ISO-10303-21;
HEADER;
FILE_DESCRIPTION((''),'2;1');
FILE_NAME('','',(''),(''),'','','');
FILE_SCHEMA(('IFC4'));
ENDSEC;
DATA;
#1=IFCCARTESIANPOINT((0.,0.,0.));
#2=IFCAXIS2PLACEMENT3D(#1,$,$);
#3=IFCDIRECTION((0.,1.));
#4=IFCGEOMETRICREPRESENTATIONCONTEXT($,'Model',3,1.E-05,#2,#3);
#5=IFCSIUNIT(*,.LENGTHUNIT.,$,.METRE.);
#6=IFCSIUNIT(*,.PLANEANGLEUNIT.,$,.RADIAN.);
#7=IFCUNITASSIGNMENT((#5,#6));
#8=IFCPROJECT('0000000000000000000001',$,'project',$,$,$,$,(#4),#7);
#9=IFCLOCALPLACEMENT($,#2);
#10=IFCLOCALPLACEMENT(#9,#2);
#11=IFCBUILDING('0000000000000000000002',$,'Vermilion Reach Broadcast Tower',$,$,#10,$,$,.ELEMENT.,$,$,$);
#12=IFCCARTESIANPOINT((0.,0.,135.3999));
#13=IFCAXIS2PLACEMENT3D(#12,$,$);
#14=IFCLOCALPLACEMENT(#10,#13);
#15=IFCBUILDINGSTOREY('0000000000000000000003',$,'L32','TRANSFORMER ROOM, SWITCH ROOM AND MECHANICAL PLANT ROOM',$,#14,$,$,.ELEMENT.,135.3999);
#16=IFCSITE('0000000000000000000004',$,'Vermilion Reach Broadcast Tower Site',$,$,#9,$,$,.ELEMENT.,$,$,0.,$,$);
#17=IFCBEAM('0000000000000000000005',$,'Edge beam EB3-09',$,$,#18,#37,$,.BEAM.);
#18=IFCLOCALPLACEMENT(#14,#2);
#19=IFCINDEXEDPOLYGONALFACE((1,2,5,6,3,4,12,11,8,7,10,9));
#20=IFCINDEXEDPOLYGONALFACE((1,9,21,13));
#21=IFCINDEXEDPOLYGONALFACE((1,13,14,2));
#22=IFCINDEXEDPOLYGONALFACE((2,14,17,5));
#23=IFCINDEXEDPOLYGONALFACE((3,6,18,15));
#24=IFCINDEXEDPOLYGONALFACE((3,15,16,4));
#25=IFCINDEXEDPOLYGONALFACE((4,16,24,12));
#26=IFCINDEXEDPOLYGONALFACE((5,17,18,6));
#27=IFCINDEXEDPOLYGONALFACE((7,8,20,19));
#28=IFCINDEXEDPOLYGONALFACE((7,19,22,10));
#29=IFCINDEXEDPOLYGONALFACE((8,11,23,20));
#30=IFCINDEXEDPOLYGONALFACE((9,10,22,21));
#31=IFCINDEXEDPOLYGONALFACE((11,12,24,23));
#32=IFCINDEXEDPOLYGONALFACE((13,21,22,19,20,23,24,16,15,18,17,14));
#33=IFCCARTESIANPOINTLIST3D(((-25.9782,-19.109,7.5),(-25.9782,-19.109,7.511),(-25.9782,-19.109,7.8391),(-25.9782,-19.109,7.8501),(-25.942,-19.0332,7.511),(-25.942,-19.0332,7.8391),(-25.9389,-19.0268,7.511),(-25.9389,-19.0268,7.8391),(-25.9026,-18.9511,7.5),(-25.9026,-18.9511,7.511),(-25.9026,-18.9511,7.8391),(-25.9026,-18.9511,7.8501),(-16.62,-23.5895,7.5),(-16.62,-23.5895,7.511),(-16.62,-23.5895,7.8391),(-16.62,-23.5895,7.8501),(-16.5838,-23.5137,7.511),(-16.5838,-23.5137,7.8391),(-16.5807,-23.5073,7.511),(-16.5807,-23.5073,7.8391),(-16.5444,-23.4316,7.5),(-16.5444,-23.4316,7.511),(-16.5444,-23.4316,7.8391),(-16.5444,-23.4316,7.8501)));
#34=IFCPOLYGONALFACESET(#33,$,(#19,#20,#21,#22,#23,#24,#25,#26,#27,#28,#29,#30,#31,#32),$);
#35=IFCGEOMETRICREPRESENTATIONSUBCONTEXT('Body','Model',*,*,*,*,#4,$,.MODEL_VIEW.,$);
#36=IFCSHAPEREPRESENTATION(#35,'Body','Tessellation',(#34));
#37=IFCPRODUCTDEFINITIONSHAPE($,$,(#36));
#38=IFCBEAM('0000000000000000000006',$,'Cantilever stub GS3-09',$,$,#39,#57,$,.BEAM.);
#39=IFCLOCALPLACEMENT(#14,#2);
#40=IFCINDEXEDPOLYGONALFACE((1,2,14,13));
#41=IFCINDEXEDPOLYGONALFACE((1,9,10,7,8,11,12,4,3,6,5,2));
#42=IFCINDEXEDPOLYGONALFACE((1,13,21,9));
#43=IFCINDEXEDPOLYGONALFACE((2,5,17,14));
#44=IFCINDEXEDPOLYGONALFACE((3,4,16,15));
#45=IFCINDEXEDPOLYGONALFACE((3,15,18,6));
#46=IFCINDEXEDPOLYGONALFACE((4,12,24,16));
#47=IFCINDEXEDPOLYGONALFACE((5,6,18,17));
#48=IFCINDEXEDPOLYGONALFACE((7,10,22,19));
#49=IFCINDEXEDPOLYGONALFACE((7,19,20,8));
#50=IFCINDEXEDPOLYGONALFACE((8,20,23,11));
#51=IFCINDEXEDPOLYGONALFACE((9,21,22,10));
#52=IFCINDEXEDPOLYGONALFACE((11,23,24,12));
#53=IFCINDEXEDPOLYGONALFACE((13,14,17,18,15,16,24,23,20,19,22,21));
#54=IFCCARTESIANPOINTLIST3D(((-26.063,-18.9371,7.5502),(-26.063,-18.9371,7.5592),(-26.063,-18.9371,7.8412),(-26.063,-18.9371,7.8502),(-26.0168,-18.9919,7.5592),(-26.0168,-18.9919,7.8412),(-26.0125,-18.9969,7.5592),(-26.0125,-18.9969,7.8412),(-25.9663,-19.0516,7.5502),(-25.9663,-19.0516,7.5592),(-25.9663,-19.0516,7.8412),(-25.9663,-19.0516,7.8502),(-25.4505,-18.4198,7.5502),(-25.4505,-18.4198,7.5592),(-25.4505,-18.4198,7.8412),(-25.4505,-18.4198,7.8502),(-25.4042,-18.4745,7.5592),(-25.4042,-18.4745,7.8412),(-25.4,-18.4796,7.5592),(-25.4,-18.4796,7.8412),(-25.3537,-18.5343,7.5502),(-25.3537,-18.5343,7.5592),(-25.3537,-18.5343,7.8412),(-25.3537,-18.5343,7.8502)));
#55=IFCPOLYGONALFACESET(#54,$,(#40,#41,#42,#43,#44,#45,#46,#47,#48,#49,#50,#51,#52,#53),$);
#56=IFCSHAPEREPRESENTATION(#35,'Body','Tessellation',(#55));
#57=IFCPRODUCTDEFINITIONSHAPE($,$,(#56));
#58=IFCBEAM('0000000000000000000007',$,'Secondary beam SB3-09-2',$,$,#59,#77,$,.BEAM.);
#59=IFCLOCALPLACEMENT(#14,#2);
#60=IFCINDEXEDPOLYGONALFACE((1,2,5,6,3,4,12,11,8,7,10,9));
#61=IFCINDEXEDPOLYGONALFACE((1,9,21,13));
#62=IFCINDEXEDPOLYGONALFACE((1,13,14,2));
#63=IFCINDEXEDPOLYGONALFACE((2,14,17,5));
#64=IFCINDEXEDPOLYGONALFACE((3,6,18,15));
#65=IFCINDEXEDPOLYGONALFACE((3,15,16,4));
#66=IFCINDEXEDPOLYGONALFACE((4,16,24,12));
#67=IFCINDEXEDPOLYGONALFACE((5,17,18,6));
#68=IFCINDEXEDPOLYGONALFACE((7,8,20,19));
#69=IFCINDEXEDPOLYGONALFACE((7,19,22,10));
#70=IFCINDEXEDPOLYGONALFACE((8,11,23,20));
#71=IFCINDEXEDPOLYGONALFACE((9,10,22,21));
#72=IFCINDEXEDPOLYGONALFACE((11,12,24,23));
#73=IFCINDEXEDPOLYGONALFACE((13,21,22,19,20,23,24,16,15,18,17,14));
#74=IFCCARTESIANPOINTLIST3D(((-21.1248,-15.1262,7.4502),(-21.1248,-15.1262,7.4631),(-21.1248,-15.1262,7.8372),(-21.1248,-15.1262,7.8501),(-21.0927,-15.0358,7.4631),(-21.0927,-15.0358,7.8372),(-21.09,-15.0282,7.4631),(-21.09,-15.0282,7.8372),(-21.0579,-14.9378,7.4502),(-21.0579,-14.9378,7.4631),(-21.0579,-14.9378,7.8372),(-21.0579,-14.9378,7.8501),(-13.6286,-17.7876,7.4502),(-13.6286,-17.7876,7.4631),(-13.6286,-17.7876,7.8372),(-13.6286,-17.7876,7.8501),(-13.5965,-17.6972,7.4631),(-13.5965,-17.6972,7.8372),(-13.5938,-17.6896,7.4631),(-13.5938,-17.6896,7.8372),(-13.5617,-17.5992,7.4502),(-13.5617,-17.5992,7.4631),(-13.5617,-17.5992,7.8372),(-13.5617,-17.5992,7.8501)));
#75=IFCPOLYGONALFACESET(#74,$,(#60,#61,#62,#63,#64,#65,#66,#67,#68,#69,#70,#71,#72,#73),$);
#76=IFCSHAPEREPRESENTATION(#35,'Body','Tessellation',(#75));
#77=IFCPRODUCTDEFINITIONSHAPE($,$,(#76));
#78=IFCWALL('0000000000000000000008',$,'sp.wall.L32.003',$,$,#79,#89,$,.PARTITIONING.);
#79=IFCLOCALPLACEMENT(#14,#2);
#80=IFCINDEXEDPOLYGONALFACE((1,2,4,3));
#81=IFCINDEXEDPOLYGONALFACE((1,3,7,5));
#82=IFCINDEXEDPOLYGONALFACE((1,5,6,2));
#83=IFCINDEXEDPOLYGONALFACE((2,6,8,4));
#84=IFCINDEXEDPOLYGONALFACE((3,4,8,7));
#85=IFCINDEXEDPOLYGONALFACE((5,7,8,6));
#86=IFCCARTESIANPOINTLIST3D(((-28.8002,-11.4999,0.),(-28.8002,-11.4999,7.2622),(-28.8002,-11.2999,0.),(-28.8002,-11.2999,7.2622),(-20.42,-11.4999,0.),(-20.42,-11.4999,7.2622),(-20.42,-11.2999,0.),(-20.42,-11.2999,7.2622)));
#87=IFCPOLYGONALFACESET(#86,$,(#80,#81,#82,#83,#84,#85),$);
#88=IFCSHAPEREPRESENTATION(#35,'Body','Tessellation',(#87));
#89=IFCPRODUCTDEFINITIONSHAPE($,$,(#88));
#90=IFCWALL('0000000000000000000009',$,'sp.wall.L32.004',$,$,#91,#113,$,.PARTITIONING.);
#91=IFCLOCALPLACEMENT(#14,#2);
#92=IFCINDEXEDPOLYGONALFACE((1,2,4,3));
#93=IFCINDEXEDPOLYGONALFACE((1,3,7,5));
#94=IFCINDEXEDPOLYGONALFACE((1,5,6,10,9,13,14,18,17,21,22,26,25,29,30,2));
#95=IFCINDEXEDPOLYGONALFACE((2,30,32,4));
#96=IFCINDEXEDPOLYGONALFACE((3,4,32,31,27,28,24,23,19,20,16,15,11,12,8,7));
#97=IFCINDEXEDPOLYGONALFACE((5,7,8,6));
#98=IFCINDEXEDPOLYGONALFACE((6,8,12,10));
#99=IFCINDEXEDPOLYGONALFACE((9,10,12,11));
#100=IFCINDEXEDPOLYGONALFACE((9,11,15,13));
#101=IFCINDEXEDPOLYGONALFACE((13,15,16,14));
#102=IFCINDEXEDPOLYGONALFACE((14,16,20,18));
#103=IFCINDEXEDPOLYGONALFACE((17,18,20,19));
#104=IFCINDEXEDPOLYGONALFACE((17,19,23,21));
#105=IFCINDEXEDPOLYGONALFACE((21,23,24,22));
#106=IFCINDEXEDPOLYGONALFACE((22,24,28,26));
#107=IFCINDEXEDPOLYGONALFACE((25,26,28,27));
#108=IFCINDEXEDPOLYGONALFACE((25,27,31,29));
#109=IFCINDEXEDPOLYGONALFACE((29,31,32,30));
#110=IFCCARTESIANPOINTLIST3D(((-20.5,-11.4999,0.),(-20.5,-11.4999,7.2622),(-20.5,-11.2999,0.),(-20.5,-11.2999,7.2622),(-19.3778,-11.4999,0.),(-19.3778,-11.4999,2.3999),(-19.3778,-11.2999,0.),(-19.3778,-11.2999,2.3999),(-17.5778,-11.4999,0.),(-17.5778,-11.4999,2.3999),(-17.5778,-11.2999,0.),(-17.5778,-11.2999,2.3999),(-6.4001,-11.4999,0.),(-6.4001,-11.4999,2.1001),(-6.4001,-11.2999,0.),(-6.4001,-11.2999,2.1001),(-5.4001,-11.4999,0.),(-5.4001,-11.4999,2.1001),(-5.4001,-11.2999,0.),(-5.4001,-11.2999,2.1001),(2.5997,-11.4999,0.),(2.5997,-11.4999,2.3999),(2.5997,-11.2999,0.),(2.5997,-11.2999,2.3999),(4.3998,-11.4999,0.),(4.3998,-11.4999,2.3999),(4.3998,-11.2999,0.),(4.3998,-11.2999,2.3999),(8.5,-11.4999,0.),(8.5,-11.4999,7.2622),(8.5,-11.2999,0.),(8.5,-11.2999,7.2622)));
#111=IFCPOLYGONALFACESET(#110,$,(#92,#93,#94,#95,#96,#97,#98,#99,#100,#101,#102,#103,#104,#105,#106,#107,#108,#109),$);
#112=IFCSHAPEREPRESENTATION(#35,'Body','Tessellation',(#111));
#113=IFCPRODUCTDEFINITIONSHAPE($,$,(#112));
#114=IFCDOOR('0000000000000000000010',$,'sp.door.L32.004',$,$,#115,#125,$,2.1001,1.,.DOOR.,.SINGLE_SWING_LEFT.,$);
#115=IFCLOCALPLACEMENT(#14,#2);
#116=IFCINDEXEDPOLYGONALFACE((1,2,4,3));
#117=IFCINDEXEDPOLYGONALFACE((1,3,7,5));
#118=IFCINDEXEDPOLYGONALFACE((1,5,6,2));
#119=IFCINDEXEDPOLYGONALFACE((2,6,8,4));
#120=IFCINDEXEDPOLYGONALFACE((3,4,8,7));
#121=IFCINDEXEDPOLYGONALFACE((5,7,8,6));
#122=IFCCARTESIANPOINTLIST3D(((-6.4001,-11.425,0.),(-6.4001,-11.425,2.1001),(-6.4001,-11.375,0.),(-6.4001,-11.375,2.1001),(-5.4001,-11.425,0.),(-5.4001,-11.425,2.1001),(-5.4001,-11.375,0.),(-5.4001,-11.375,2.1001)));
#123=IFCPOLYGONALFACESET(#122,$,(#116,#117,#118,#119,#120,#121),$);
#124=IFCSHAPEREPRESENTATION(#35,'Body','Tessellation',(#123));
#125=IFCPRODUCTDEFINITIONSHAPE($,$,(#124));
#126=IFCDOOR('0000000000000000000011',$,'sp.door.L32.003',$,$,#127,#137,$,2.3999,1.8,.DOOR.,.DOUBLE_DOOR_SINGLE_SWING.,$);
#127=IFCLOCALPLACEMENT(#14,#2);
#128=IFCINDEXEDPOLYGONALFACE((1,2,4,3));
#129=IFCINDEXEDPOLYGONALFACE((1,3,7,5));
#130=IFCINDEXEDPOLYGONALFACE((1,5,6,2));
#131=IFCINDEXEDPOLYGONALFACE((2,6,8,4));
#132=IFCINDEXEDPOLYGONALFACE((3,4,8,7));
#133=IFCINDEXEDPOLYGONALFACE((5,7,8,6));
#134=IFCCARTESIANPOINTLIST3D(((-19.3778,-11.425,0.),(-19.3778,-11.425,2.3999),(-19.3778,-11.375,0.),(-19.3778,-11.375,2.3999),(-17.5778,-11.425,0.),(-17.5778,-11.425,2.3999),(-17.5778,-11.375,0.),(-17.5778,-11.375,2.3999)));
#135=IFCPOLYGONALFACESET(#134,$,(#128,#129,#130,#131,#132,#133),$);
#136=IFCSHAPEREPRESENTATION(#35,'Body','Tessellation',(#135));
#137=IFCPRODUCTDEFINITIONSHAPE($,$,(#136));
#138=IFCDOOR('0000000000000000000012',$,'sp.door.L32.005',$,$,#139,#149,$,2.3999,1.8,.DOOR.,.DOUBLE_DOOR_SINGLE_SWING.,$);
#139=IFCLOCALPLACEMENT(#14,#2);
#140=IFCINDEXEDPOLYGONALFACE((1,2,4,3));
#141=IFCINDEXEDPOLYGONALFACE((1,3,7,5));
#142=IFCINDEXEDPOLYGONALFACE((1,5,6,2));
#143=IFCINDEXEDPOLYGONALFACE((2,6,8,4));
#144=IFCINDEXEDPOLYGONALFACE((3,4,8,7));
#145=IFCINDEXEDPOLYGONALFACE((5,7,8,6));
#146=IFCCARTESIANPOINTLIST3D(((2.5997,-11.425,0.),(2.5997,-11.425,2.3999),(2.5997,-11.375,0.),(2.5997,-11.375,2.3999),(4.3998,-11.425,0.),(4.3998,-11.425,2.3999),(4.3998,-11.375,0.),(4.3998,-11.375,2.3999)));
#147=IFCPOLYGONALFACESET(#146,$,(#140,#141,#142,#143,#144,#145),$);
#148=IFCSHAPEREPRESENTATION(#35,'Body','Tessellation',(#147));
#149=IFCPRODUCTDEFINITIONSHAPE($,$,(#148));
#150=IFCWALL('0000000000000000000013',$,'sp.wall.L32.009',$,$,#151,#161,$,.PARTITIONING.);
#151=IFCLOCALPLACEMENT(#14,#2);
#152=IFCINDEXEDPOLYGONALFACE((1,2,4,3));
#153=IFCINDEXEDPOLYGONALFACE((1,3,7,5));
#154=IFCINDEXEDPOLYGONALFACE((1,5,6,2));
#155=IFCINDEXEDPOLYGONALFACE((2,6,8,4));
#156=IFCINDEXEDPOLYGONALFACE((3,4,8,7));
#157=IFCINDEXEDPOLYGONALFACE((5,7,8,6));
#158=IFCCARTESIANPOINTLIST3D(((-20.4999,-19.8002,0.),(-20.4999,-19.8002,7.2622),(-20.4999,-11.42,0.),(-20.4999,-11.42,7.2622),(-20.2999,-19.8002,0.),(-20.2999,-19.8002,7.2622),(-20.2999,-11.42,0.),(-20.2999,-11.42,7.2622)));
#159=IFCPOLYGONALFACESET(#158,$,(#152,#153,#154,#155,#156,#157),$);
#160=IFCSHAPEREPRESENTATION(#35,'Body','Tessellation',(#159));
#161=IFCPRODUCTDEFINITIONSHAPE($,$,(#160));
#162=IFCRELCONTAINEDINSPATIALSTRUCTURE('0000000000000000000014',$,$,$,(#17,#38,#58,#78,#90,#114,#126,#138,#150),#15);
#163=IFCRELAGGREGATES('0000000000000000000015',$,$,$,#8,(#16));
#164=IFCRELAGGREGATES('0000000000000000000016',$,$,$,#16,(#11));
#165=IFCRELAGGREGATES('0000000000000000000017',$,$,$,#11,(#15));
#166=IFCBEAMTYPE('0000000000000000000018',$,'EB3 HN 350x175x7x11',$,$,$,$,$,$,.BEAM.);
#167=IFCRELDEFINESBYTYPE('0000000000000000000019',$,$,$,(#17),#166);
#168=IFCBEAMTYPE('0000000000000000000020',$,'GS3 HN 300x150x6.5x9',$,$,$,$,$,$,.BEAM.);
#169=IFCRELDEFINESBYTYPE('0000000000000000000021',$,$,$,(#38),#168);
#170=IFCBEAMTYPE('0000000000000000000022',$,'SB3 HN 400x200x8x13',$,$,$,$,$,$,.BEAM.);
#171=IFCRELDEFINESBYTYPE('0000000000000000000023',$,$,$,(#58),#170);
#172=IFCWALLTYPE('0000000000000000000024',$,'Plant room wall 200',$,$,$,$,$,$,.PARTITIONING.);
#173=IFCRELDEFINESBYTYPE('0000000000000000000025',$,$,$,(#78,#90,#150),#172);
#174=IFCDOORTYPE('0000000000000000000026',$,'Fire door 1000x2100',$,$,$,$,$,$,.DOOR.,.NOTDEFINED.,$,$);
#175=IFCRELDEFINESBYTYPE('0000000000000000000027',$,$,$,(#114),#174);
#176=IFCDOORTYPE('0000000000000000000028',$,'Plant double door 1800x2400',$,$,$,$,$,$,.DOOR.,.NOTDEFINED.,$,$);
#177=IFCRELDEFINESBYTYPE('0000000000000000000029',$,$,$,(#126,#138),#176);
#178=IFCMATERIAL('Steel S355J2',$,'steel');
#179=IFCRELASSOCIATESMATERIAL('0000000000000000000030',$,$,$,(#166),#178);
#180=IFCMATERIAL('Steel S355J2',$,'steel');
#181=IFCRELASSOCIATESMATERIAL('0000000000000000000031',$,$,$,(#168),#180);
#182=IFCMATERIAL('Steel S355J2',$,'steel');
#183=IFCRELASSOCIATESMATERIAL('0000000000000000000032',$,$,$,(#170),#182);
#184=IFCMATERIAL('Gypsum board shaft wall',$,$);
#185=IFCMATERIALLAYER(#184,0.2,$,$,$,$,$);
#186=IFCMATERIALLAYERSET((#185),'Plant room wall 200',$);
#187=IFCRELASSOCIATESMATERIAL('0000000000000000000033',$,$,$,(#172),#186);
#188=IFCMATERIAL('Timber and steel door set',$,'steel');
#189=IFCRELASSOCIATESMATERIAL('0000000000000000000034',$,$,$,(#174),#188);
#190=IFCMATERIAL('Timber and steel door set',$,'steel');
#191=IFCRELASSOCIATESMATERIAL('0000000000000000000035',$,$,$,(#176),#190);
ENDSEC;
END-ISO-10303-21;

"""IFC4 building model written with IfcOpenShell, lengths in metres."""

from ifc_helpers import new_model, si_unit, direction, frame, frame_2d, origin, origin_2d, place, context, subcontext, project, spatial, rectangle, i_section, extrude, material, layer, layer_set, material_profile, profile_set, type_object, element, fill, save


model = new_model("IFC4")

# Units and contexts
model_context = context("Model", 3, precision=1e-05, world=origin(), true_north=direction((0.0, 1.0)))
body_context = subcontext(model_context, "Body", "Model", "MODEL_VIEW")
ifc_project = project(units=[si_unit("LENGTHUNIT", "METRE"), si_unit("PLANEANGLEUNIT", "RADIAN")], contexts=[model_context])

# Site, building, storey
site_placement = place(None, origin())
site = spatial("IfcSite", under=ifc_project, at=site_placement, Name="Vermilion Reach Broadcast Tower Site", CompositionType="ELEMENT", RefElevation=0.0)
building_placement = place(site_placement, origin())
building = spatial("IfcBuilding", under=site, at=building_placement, Name="Vermilion Reach Broadcast Tower", CompositionType="ELEMENT")
storey_placement = place(building_placement, frame((0.0, 0.0, 135.3999)))
storey = spatial("IfcBuildingStorey", under=building, at=storey_placement, Name="L32", Description="TRANSFORMER ROOM, SWITCH ROOM AND MECHANICAL PLANT ROOM", CompositionType="ELEMENT", Elevation=135.3999)

# Beams
ifc_material_1 = material(Name="Steel S355J2", Category="steel")
ifc_material_profile_1 = material_profile(ifc_material_1, i_section(OverallWidth=0.175, OverallDepth=0.3501, WebThickness=0.0071, FlangeThickness=0.011, at=origin_2d()), Name="S355J2 HN 350x175x7x11")
ifc_profile_set_1 = profile_set([ifc_material_profile_1], Name="Steel S355J2")
beam_type_1 = type_object("IfcBeamType", Name="EB3 HN 350x175x7x11", PredefinedType="BEAM", material=ifc_profile_set_1)
beam_1_placement = place(storey_placement, frame((-25.9404, -19.03, 7.675), z_axis=(0.901953, -0.431834, 0.0), x_axis=(0.431834, 0.901953, 0.0)))
element("IfcBeam", 1, at=beam_1_placement, inside=storey, type_object=beam_type_1, Name="Edge beam EB3-09", PredefinedType="BEAM", context=body_context, shape_type="SweptSolid", body=[
    extrude(i_section(OverallWidth=0.175, OverallDepth=0.3501, WebThickness=0.0071, FlangeThickness=0.011, at=origin_2d()), origin(), (0.0, 0.0, 1.0), 10.3755),
])
ifc_material_2 = material(Name="Steel S355J2", Category="steel")
ifc_material_profile_2 = material_profile(ifc_material_2, i_section(OverallWidth=0.1499, OverallDepth=0.3, WebThickness=0.0066, FlangeThickness=0.009, at=origin_2d()), Name="S355J2 HN 300x150x6.5x9")
ifc_profile_set_2 = profile_set([ifc_material_profile_2], Name="Steel S355J2")
beam_type_2 = type_object("IfcBeamType", Name="GS3 HN 300x150x6.5x9", PredefinedType="BEAM", material=ifc_profile_set_2)
beam_2_placement = place(storey_placement, frame((-25.4021, -18.4771, 7.7002), z_axis=(-0.763987, -0.645232, 0.0), x_axis=(0.645232, -0.763987, 0.0)))
element("IfcBeam", 2, at=beam_2_placement, inside=storey, type_object=beam_type_2, Name="Cantilever stub GS3-09", PredefinedType="BEAM", context=body_context, shape_type="SweptSolid", body=[
    extrude(i_section(OverallWidth=0.1499, OverallDepth=0.3, WebThickness=0.0066, FlangeThickness=0.009, at=origin_2d()), origin(), (0.0, 0.0, 1.0), 0.8018),
])
ifc_material_3 = material(Name="Steel S355J2", Category="steel")
ifc_material_profile_3 = material_profile(ifc_material_3, i_section(OverallWidth=0.2, OverallDepth=0.3999, WebThickness=0.0081, FlangeThickness=0.0129, at=origin_2d()), Name="S355J2 HN 400x200x8x13")
ifc_profile_set_3 = profile_set([ifc_material_profile_3], Name="Steel S355J2")
beam_type_3 = type_object("IfcBeamType", Name="SB3 HN 400x200x8x13", PredefinedType="BEAM", material=ifc_profile_set_3)
beam_3_placement = place(storey_placement, frame((-21.0913, -15.032, 7.6501), z_axis=(0.942369, -0.334574, 0.0), x_axis=(0.334574, 0.942369, 0.0)))
element("IfcBeam", 3, at=beam_3_placement, inside=storey, type_object=beam_type_3, Name="Secondary beam SB3-09-2", PredefinedType="BEAM", context=body_context, shape_type="SweptSolid", body=[
    extrude(i_section(OverallWidth=0.2, OverallDepth=0.3999, WebThickness=0.0081, FlangeThickness=0.0129, at=origin_2d()), origin(), (0.0, 0.0, 1.0), 7.9546),
])

# Wall
ifc_material_4 = material(Name="Gypsum board shaft wall")
ifc_layer = layer(ifc_material_4, 0.2)
ifc_layer_set = layer_set([ifc_layer], Name="Plant room wall 200")
wall_type = type_object("IfcWallType", Name="Plant room wall 200", PredefinedType="PARTITIONING", material=ifc_layer_set)
wall_1_placement = place(storey_placement, frame((-28.8, -11.3999, 0.0), z_axis=(0.0, 0.0, 1.0), x_axis=(1.0, 0.0, 0.0)))
element("IfcWall", 4, at=wall_1_placement, inside=storey, type_object=wall_type, Name="sp.wall.L32.003", PredefinedType="PARTITIONING", context=body_context, shape_type="SweptSolid", body=[
    extrude(rectangle(XDim=8.3801, YDim=0.2, at=frame_2d((4.1899, 0.0))), origin(), (0.0, 0.0, 1.0), 7.2622),
])

# Wall, openings, doors
wall_2_placement = place(storey_placement, frame((-20.5, -11.3999, 0.0), z_axis=(0.0, 0.0, 1.0), x_axis=(1.0, 0.0, 0.0)))
wall_2 = element("IfcWall", 5, at=wall_2_placement, inside=storey, type_object=wall_type, Name="sp.wall.L32.004", PredefinedType="PARTITIONING", context=body_context, shape_type="SweptSolid", body=[
    extrude(rectangle(XDim=29.0, YDim=0.2, at=frame_2d((14.5, 0.0))), origin(), (0.0, 0.0, 1.0), 7.2622),
])
opening_1_placement = place(wall_2_placement, frame((1.1223, 0.0, 0.0)))
opening_1 = element("IfcOpeningElement", 6, at=opening_1_placement, cuts=wall_2, PredefinedType="OPENING", context=body_context, shape_type="SweptSolid", body=[
    extrude(rectangle(XDim=1.8, YDim=2.3999, at=frame_2d((0.8999, 1.2))), frame((0.0, 0.1099, 0.0), z_axis=(0.0, -1.0, 0.0), x_axis=(1.0, 0.0, 0.0)), (0.0, 0.0, 1.0), 0.22),
])
opening_2_placement = place(wall_2_placement, frame((14.0999, 0.0, 0.0)))
opening_2 = element("IfcOpeningElement", 7, at=opening_2_placement, cuts=wall_2, PredefinedType="OPENING", context=body_context, shape_type="SweptSolid", body=[
    extrude(rectangle(XDim=1.0, YDim=2.1001, at=frame_2d((0.5, 1.05))), frame((0.0, 0.1099, 0.0), z_axis=(0.0, -1.0, 0.0), x_axis=(1.0, 0.0, 0.0)), (0.0, 0.0, 1.0), 0.22),
])
opening_3_placement = place(wall_2_placement, frame((23.0999, 0.0, 0.0)))
opening_3 = element("IfcOpeningElement", 8, at=opening_3_placement, cuts=wall_2, PredefinedType="OPENING", context=body_context, shape_type="SweptSolid", body=[
    extrude(rectangle(XDim=1.8, YDim=2.3999, at=frame_2d((0.8999, 1.2))), frame((0.0, 0.1099, 0.0), z_axis=(0.0, -1.0, 0.0), x_axis=(1.0, 0.0, 0.0)), (0.0, 0.0, 1.0), 0.22),
])
ifc_material_5 = material(Name="Timber and steel door set", Category="steel")
door_type_1 = type_object("IfcDoorType", Name="Fire door 1000x2100", OperationType="NOTDEFINED", PredefinedType="DOOR", material=ifc_material_5)
door_1_placement = place(opening_2_placement, origin())
door_1 = element("IfcDoor", 9, at=door_1_placement, inside=storey, type_object=door_type_1, Name="sp.door.L32.004", OperationType="SINGLE_SWING_LEFT", OverallHeight=2.1001, OverallWidth=1.0, PredefinedType="DOOR", context=body_context, shape_type="SweptSolid", body=[
    extrude(rectangle(XDim=1.0, YDim=2.1001, at=frame_2d((0.5, 1.05))), frame((0.0, 0.0249, 0.0), z_axis=(0.0, -1.0, 0.0), x_axis=(1.0, 0.0, 0.0)), (0.0, 0.0, 1.0), 0.05),
])
fill(opening_2, door_1)
ifc_material_6 = material(Name="Timber and steel door set", Category="steel")
door_type_2 = type_object("IfcDoorType", Name="Plant double door 1800x2400", OperationType="NOTDEFINED", PredefinedType="DOOR", material=ifc_material_6)
door_2_placement = place(opening_1_placement, origin())
door_2 = element("IfcDoor", 10, at=door_2_placement, inside=storey, type_object=door_type_2, Name="sp.door.L32.003", OperationType="DOUBLE_DOOR_SINGLE_SWING", OverallHeight=2.3999, OverallWidth=1.8, PredefinedType="DOOR", context=body_context, shape_type="SweptSolid", body=[
    extrude(rectangle(XDim=1.8, YDim=2.3999, at=frame_2d((0.8999, 1.2))), frame((0.0, 0.0249, 0.0), z_axis=(0.0, -1.0, 0.0), x_axis=(1.0, 0.0, 0.0)), (0.0, 0.0, 1.0), 0.05),
])
fill(opening_1, door_2)
door_3_placement = place(opening_3_placement, origin())
door_3 = element("IfcDoor", 11, at=door_3_placement, inside=storey, type_object=door_type_2, Name="sp.door.L32.005", OperationType="DOUBLE_DOOR_SINGLE_SWING", OverallHeight=2.3999, OverallWidth=1.8, PredefinedType="DOOR", context=body_context, shape_type="SweptSolid", body=[
    extrude(rectangle(XDim=1.8, YDim=2.3999, at=frame_2d((0.8999, 1.2))), frame((0.0, 0.0249, 0.0), z_axis=(0.0, -1.0, 0.0), x_axis=(1.0, 0.0, 0.0)), (0.0, 0.0, 1.0), 0.05),
])
fill(opening_3, door_3)

# Wall
wall_3_placement = place(storey_placement, frame((-20.3999, -19.8, 0.0), z_axis=(0.0, 0.0, 1.0), x_axis=(0.0, 1.0, 0.0)))
element("IfcWall", 12, at=wall_3_placement, inside=storey, type_object=wall_type, Name="sp.wall.L32.009", PredefinedType="PARTITIONING", context=body_context, shape_type="SweptSolid", body=[
    extrude(rectangle(XDim=8.3801, YDim=0.2, at=frame_2d((4.1899, 0.0))), origin(), (0.0, 0.0, 1.0), 7.2622),
])

save(model, "model.ifc")
